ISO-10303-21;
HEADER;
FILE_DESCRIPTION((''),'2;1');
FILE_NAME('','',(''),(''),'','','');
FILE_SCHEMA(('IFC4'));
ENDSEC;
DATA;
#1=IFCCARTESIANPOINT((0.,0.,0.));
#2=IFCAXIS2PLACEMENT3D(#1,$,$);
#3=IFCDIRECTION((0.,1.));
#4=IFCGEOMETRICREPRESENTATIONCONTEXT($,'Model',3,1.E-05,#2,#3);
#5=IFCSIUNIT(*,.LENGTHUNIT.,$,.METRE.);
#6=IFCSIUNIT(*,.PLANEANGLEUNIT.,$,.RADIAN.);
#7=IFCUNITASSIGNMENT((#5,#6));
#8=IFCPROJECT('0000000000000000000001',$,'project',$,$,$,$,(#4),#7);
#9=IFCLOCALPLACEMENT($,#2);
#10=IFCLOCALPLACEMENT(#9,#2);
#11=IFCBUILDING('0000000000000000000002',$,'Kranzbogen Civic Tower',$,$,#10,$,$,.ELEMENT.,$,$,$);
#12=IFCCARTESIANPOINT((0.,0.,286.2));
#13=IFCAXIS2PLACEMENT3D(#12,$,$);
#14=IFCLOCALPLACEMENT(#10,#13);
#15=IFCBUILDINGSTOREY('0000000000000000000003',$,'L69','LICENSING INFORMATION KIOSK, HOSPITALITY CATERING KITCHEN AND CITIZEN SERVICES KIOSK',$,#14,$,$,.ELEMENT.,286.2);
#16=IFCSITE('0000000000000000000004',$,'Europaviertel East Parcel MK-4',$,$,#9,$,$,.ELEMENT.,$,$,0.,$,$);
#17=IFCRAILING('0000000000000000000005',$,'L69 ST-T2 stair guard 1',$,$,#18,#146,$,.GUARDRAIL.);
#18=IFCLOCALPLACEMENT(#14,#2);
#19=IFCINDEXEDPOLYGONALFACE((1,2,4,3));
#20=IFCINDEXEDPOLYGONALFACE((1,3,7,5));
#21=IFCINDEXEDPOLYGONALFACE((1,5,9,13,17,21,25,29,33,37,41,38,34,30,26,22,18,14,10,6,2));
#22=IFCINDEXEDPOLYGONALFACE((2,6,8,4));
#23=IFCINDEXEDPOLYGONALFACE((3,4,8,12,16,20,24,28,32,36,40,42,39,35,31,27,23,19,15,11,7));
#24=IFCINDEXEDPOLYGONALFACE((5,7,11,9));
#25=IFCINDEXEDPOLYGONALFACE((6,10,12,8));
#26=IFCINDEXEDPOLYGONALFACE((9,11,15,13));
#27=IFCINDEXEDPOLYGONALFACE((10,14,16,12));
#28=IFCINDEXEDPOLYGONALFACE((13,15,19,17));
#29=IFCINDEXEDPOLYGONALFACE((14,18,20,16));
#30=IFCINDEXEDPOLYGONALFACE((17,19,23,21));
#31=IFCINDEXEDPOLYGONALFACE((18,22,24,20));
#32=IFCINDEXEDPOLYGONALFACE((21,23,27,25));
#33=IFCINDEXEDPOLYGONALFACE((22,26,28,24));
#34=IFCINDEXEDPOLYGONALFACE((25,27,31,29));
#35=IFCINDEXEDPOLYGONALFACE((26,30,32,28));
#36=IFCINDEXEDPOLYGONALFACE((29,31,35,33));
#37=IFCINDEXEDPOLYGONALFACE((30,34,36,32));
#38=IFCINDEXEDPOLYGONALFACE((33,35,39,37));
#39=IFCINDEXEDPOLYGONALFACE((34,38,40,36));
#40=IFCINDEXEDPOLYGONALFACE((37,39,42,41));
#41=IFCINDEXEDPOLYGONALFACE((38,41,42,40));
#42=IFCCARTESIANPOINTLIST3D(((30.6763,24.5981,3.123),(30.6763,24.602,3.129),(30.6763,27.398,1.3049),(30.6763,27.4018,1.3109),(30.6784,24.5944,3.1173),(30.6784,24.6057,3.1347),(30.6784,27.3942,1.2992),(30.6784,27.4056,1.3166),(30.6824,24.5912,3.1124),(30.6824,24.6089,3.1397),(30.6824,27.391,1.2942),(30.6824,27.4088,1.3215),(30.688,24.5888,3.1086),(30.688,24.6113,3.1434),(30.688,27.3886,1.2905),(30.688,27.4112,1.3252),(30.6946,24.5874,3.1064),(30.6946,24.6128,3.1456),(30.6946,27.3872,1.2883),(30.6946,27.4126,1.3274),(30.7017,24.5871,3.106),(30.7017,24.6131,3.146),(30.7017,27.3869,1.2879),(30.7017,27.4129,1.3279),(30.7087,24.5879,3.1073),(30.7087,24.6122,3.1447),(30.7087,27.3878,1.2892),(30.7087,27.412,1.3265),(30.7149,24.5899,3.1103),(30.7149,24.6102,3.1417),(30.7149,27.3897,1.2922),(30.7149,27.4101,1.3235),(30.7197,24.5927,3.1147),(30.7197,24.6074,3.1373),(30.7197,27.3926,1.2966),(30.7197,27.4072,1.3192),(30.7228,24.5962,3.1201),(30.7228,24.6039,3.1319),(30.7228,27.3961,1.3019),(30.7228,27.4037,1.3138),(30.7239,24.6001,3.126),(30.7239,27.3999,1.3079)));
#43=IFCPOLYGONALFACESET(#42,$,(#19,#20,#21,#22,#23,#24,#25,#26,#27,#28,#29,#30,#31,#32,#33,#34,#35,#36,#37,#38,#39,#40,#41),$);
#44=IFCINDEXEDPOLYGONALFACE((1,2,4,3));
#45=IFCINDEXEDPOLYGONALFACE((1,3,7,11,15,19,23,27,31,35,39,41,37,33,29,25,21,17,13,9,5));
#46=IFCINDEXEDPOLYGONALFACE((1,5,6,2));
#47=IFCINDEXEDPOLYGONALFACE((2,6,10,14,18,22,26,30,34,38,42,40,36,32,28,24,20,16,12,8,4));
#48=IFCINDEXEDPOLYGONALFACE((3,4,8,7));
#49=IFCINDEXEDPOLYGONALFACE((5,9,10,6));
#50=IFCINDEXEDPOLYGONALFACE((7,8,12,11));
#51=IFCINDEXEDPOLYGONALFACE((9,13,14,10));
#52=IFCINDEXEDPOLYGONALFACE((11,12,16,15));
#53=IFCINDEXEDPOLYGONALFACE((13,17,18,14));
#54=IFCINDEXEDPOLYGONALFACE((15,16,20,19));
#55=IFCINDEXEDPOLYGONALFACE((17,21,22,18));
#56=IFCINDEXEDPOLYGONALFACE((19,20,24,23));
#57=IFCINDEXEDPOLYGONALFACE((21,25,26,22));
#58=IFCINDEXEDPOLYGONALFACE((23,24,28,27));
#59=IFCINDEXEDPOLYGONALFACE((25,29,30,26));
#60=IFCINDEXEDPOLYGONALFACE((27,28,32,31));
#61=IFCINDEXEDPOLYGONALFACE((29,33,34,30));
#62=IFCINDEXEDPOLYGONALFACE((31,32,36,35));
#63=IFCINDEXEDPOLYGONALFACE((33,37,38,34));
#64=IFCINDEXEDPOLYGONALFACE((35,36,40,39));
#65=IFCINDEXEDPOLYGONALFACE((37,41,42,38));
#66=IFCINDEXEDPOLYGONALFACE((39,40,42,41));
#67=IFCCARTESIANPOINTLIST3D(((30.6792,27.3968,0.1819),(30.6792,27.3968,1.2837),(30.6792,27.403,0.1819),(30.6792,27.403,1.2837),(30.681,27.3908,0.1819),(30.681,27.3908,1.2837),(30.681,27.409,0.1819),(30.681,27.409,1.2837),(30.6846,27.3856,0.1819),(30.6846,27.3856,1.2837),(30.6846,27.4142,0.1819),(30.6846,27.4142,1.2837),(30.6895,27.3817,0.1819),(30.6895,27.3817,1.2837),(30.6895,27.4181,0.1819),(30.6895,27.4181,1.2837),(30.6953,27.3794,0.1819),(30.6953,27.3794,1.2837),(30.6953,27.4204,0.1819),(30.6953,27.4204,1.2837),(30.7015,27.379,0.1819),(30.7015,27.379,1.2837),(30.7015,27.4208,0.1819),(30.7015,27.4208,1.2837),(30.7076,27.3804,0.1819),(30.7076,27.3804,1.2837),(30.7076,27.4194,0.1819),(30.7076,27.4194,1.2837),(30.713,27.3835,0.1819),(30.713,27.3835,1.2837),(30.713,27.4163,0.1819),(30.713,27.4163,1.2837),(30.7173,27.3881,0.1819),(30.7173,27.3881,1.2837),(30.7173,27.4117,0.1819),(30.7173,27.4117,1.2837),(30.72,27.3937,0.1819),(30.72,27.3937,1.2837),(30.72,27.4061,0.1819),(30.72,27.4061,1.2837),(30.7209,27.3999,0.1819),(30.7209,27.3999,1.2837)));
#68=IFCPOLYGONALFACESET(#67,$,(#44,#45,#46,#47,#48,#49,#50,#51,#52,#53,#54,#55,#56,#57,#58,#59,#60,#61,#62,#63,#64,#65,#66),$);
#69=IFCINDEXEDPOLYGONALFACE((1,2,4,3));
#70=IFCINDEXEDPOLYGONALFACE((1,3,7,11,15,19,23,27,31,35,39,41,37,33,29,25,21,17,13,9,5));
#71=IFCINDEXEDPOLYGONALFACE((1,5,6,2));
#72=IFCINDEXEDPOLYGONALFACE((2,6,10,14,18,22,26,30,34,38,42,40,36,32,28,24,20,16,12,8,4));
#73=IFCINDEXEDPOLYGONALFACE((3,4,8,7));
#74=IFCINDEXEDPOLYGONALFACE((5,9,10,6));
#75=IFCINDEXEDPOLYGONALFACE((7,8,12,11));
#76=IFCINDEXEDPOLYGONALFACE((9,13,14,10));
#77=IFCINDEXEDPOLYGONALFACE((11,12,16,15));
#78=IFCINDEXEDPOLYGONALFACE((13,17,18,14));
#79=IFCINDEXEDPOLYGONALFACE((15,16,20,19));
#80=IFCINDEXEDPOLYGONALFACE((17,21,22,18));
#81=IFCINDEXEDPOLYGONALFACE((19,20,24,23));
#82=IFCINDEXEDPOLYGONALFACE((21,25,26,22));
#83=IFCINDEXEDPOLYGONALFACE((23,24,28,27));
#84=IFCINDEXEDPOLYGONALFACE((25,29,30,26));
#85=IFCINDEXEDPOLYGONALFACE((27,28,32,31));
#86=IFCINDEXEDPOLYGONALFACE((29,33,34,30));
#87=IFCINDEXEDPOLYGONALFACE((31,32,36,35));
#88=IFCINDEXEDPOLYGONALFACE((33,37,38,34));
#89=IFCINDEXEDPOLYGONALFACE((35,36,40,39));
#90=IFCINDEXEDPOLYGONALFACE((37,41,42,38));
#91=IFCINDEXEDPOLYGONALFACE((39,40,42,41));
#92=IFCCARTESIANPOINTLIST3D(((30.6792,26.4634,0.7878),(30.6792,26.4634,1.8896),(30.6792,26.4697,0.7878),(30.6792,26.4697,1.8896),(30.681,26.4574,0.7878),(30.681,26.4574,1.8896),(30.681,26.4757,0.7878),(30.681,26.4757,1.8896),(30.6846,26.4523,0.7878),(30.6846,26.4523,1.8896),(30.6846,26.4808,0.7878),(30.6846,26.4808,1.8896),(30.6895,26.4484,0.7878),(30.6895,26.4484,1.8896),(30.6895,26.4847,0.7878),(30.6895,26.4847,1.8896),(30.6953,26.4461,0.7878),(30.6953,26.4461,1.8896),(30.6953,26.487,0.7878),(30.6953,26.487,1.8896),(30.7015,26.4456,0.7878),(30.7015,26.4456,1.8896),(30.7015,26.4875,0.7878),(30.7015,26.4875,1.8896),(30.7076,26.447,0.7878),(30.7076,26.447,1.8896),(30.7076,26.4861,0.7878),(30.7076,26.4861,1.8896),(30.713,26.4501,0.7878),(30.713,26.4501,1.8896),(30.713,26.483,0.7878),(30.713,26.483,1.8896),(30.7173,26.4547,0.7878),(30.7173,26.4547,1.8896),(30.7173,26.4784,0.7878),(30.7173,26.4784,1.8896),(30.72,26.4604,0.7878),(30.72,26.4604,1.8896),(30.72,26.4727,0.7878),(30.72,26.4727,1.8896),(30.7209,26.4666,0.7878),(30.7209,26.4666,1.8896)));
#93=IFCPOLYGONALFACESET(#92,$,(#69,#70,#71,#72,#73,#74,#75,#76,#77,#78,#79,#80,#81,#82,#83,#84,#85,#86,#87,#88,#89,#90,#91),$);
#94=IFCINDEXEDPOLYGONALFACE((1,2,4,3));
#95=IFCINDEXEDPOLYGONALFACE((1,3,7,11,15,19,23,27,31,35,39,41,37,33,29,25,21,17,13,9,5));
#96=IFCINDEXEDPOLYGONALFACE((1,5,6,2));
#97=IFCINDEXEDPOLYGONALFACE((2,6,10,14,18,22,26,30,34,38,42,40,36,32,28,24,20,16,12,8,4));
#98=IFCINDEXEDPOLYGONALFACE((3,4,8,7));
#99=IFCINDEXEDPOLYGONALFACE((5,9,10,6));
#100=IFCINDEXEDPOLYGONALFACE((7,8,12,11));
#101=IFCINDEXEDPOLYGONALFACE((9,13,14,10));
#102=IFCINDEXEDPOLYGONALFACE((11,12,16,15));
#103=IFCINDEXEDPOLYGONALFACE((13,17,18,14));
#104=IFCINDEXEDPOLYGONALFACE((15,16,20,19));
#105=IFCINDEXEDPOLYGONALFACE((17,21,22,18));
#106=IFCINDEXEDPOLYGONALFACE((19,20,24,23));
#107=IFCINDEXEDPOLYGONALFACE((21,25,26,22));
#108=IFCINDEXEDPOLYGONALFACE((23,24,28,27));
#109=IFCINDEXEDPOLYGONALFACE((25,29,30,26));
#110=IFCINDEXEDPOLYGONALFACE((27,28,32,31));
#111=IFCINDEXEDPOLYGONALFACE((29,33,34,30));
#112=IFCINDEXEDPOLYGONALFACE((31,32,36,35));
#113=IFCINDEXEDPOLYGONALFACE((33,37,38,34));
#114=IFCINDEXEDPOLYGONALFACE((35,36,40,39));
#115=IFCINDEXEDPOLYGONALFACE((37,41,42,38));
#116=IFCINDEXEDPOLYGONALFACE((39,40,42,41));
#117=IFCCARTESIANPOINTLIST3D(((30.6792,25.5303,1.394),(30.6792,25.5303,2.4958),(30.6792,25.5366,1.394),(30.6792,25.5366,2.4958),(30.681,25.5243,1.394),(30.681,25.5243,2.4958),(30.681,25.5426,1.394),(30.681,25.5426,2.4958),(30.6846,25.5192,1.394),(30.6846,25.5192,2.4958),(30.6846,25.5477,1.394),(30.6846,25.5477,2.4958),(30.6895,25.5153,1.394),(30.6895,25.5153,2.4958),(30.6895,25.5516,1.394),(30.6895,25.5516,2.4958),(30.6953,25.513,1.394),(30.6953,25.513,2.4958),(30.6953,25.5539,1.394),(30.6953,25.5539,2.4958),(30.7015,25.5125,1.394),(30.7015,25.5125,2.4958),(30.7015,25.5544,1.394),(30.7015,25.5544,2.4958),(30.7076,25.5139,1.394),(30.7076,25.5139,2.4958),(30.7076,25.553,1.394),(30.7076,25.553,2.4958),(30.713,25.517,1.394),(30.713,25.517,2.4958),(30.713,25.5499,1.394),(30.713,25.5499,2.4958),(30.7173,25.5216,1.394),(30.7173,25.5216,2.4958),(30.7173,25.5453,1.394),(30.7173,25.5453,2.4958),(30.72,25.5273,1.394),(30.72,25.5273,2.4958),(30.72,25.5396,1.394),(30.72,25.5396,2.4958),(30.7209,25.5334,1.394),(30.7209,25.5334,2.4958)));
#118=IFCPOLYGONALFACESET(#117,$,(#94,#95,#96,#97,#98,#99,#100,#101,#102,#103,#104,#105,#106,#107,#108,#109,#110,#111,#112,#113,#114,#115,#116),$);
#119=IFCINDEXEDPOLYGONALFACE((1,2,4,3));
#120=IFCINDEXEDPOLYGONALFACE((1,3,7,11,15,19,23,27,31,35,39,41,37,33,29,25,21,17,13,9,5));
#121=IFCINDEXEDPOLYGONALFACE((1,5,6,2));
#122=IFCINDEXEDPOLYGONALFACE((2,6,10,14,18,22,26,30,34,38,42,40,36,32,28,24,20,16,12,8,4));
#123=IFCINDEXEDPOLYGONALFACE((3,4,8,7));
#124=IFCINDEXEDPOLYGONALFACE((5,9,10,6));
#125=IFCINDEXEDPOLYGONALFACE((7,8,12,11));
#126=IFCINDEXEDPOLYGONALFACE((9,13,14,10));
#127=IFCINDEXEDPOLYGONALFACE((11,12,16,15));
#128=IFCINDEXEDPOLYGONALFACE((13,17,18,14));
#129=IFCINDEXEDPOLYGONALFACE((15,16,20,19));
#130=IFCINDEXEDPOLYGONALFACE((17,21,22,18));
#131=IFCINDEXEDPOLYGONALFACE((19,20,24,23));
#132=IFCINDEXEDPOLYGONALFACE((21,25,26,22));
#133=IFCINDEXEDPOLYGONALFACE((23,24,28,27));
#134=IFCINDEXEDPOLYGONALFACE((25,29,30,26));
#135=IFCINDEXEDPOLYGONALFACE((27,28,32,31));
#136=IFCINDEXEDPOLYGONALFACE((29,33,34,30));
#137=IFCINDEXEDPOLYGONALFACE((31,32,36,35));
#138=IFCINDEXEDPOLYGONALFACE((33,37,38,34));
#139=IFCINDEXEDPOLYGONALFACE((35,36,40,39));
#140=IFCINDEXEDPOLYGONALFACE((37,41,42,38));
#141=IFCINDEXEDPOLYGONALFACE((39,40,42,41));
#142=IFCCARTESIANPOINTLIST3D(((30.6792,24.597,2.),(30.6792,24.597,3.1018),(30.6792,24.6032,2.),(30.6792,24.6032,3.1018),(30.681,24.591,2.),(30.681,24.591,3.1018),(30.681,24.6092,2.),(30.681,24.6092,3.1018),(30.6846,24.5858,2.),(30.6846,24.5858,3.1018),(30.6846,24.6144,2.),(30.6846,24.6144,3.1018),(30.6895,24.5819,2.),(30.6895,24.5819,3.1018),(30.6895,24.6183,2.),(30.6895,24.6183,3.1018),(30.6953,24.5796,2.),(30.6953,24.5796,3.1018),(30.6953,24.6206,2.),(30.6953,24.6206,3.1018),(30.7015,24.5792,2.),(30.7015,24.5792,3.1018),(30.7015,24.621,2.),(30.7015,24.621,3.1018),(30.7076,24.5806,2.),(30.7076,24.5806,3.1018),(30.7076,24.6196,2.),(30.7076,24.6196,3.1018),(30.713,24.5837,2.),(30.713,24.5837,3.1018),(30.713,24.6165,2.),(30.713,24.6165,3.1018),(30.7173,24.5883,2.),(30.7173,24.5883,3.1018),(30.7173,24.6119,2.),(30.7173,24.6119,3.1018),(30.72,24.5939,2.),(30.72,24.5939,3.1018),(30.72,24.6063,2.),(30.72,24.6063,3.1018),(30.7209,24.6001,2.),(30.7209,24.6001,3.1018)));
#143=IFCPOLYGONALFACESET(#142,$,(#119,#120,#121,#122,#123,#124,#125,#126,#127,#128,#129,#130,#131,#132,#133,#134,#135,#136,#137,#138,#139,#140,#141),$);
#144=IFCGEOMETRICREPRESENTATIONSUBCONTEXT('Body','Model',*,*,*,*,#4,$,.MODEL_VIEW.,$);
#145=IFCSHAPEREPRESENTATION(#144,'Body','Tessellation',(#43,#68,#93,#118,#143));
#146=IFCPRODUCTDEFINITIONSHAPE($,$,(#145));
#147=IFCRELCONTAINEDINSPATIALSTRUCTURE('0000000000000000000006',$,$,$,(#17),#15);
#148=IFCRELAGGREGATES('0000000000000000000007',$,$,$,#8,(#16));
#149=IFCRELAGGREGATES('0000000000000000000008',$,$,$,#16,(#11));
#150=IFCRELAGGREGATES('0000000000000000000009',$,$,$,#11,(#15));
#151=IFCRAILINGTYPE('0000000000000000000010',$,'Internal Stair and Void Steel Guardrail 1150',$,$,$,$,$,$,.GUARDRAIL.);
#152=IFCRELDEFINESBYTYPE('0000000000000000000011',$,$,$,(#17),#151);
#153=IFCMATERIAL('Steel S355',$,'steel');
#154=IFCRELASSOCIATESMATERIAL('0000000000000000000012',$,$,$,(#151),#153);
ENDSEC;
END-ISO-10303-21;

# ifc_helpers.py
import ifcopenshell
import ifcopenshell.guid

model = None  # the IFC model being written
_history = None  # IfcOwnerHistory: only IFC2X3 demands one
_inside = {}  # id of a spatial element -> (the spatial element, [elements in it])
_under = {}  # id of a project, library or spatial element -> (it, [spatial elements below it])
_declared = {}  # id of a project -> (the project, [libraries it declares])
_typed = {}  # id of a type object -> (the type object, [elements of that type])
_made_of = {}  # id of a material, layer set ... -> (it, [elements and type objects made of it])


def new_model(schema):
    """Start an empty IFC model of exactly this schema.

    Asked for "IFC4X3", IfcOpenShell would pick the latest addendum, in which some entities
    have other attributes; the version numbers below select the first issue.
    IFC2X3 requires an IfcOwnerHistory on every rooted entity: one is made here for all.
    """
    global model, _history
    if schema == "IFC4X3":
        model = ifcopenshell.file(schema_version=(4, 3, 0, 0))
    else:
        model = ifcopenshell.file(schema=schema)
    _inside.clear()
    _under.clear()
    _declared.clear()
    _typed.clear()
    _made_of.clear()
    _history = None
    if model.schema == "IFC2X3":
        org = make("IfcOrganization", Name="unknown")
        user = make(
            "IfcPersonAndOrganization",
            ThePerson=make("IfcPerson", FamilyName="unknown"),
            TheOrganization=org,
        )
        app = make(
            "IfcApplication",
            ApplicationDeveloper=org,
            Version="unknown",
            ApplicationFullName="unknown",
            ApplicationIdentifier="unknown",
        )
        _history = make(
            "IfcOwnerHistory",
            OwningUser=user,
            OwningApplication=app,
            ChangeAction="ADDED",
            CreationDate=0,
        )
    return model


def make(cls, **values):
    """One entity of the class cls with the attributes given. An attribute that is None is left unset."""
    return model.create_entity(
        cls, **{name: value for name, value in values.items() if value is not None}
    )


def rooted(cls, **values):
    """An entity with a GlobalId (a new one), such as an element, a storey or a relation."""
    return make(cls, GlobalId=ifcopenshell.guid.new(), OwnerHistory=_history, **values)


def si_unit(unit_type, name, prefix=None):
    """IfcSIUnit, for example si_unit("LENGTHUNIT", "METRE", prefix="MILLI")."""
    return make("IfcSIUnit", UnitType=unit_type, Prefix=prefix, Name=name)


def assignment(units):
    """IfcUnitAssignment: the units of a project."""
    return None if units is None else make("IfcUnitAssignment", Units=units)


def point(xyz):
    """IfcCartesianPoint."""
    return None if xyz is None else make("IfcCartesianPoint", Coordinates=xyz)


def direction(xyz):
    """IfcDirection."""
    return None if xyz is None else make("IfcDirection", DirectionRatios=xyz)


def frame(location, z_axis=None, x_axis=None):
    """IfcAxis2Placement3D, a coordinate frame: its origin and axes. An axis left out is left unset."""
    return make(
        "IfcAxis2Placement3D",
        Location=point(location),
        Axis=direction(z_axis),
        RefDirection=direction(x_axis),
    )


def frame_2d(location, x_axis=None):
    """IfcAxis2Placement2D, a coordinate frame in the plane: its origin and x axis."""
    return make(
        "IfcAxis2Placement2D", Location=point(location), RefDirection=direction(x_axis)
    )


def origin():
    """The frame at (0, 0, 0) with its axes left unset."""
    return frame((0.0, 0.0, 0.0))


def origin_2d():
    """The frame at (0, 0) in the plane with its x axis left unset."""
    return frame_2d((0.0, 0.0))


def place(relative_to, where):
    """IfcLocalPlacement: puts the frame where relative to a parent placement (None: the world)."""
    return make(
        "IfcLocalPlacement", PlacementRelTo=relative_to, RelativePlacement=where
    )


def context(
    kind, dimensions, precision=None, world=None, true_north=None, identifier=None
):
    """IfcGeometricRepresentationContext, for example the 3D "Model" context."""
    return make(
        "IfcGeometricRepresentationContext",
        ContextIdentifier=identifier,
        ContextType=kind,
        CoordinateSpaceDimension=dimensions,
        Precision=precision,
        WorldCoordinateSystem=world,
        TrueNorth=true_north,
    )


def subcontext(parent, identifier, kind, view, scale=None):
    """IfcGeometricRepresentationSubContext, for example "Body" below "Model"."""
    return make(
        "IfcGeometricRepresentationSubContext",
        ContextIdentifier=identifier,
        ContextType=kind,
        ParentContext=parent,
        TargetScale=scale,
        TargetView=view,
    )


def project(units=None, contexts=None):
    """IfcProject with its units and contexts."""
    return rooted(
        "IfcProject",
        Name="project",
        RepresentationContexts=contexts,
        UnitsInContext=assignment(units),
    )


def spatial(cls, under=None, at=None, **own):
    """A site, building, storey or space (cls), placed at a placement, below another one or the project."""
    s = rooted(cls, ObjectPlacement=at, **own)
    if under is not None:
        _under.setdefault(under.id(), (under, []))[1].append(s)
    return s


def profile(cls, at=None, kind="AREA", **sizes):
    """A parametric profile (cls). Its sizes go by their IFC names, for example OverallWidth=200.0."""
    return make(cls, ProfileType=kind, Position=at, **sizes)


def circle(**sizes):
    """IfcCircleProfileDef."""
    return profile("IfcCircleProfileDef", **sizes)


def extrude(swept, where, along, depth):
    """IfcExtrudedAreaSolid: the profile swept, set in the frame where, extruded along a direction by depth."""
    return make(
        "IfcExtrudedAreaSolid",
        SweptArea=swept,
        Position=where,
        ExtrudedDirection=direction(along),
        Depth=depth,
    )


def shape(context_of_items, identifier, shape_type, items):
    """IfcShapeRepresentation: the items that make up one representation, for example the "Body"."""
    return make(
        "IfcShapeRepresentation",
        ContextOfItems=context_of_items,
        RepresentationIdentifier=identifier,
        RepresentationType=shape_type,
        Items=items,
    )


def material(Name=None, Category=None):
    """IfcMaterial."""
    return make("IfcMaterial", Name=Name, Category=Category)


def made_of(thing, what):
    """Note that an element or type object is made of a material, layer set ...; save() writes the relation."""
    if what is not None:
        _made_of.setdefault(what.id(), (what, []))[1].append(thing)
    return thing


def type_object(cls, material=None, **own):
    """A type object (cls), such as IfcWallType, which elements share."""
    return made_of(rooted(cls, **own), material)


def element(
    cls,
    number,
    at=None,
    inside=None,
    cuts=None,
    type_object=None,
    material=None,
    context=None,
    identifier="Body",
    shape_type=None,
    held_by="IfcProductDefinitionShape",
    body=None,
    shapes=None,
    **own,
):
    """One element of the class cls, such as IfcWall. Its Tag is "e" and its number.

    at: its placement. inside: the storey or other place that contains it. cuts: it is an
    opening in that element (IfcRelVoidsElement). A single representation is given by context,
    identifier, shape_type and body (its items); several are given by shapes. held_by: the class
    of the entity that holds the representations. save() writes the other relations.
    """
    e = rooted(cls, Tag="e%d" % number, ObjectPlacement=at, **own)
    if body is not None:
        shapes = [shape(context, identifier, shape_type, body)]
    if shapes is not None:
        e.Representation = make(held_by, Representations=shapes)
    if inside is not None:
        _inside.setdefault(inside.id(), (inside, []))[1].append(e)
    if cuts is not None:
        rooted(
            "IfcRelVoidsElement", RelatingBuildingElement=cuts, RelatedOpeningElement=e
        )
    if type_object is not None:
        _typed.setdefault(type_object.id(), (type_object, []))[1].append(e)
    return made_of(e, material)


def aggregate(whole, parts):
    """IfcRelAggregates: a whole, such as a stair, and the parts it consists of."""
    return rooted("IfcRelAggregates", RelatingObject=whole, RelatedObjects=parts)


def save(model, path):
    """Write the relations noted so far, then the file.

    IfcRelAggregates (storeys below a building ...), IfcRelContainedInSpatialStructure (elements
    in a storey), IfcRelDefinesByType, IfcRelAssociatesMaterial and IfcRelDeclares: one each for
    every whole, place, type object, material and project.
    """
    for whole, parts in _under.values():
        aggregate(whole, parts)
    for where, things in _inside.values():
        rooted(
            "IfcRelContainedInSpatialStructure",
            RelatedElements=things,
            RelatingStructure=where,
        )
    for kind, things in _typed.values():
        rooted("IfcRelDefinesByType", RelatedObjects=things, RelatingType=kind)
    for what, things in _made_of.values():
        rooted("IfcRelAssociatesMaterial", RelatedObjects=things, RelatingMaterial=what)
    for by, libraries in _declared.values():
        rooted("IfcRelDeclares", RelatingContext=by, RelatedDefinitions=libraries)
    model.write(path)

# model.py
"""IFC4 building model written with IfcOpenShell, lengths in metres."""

from ifc_helpers import new_model, si_unit, direction, frame, origin, origin_2d, place, context, subcontext, project, spatial, circle, extrude, material, type_object, element, save


model = new_model("IFC4")

# Units and contexts
model_context = context("Model", 3, precision=1e-05, world=origin(), true_north=direction((0.0, 1.0)))
body_context = subcontext(model_context, "Body", "Model", "MODEL_VIEW")
ifc_project = project(units=[si_unit("LENGTHUNIT", "METRE"), si_unit("PLANEANGLEUNIT", "RADIAN")], contexts=[model_context])

# Site, building, storey
site_placement = place(None, origin())
site = spatial("IfcSite", under=ifc_project, at=site_placement, Name="Europaviertel East Parcel MK-4", CompositionType="ELEMENT", RefElevation=0.0)
building_placement = place(site_placement, origin())
building = spatial("IfcBuilding", under=site, at=building_placement, Name="Kranzbogen Civic Tower", CompositionType="ELEMENT")
storey_placement = place(building_placement, frame((0.0, 0.0, 286.2)))
storey = spatial("IfcBuildingStorey", under=building, at=storey_placement, Name="L69", Description="LICENSING INFORMATION KIOSK, HOSPITALITY CATERING KITCHEN AND CITIZEN SERVICES KIOSK", CompositionType="ELEMENT", Elevation=286.2)

# Shared definitions
ifc_material_1 = material(Name="Steel S355", Category="steel")

# Railing
railing_type_1 = type_object("IfcRailingType", Name="Internal Stair and Void Steel Guardrail 1150", PredefinedType="GUARDRAIL", material=ifc_material_1)
railing_1_placement = place(storey_placement, frame((30.7, 27.3999, 0.1819)))
element("IfcRailing", 1, at=railing_1_placement, inside=storey, type_object=railing_type_1, Name="L69 ST-T2 stair guard 1", PredefinedType="GUARDRAIL", context=body_context, shape_type="SweptSolid", body=[
    extrude(circle(Radius=0.0239, at=origin_2d()), frame((0.0, 0.0, 1.126), z_axis=(0.0, -0.838684, 0.544618), x_axis=(1.0, 0.0, 0.0)), (0.0, 0.0, 1.0), 3.3384),
    extrude(circle(Radius=0.021, at=origin_2d()), origin(), (0.0, 0.0, 1.0), 1.1018),
    extrude(circle(Radius=0.021, at=origin_2d()), frame((0.0, -0.9333, 0.606)), (0.0, 0.0, 1.0), 1.1018),
    extrude(circle(Radius=0.021, at=origin_2d()), frame((0.0, -1.8665, 1.2122)), (0.0, 0.0, 1.0), 1.1018),
    extrude(circle(Radius=0.021, at=origin_2d()), frame((0.0, -2.7998, 1.8181)), (0.0, 0.0, 1.0), 1.1018),
])

save(model, "model.ifc")
